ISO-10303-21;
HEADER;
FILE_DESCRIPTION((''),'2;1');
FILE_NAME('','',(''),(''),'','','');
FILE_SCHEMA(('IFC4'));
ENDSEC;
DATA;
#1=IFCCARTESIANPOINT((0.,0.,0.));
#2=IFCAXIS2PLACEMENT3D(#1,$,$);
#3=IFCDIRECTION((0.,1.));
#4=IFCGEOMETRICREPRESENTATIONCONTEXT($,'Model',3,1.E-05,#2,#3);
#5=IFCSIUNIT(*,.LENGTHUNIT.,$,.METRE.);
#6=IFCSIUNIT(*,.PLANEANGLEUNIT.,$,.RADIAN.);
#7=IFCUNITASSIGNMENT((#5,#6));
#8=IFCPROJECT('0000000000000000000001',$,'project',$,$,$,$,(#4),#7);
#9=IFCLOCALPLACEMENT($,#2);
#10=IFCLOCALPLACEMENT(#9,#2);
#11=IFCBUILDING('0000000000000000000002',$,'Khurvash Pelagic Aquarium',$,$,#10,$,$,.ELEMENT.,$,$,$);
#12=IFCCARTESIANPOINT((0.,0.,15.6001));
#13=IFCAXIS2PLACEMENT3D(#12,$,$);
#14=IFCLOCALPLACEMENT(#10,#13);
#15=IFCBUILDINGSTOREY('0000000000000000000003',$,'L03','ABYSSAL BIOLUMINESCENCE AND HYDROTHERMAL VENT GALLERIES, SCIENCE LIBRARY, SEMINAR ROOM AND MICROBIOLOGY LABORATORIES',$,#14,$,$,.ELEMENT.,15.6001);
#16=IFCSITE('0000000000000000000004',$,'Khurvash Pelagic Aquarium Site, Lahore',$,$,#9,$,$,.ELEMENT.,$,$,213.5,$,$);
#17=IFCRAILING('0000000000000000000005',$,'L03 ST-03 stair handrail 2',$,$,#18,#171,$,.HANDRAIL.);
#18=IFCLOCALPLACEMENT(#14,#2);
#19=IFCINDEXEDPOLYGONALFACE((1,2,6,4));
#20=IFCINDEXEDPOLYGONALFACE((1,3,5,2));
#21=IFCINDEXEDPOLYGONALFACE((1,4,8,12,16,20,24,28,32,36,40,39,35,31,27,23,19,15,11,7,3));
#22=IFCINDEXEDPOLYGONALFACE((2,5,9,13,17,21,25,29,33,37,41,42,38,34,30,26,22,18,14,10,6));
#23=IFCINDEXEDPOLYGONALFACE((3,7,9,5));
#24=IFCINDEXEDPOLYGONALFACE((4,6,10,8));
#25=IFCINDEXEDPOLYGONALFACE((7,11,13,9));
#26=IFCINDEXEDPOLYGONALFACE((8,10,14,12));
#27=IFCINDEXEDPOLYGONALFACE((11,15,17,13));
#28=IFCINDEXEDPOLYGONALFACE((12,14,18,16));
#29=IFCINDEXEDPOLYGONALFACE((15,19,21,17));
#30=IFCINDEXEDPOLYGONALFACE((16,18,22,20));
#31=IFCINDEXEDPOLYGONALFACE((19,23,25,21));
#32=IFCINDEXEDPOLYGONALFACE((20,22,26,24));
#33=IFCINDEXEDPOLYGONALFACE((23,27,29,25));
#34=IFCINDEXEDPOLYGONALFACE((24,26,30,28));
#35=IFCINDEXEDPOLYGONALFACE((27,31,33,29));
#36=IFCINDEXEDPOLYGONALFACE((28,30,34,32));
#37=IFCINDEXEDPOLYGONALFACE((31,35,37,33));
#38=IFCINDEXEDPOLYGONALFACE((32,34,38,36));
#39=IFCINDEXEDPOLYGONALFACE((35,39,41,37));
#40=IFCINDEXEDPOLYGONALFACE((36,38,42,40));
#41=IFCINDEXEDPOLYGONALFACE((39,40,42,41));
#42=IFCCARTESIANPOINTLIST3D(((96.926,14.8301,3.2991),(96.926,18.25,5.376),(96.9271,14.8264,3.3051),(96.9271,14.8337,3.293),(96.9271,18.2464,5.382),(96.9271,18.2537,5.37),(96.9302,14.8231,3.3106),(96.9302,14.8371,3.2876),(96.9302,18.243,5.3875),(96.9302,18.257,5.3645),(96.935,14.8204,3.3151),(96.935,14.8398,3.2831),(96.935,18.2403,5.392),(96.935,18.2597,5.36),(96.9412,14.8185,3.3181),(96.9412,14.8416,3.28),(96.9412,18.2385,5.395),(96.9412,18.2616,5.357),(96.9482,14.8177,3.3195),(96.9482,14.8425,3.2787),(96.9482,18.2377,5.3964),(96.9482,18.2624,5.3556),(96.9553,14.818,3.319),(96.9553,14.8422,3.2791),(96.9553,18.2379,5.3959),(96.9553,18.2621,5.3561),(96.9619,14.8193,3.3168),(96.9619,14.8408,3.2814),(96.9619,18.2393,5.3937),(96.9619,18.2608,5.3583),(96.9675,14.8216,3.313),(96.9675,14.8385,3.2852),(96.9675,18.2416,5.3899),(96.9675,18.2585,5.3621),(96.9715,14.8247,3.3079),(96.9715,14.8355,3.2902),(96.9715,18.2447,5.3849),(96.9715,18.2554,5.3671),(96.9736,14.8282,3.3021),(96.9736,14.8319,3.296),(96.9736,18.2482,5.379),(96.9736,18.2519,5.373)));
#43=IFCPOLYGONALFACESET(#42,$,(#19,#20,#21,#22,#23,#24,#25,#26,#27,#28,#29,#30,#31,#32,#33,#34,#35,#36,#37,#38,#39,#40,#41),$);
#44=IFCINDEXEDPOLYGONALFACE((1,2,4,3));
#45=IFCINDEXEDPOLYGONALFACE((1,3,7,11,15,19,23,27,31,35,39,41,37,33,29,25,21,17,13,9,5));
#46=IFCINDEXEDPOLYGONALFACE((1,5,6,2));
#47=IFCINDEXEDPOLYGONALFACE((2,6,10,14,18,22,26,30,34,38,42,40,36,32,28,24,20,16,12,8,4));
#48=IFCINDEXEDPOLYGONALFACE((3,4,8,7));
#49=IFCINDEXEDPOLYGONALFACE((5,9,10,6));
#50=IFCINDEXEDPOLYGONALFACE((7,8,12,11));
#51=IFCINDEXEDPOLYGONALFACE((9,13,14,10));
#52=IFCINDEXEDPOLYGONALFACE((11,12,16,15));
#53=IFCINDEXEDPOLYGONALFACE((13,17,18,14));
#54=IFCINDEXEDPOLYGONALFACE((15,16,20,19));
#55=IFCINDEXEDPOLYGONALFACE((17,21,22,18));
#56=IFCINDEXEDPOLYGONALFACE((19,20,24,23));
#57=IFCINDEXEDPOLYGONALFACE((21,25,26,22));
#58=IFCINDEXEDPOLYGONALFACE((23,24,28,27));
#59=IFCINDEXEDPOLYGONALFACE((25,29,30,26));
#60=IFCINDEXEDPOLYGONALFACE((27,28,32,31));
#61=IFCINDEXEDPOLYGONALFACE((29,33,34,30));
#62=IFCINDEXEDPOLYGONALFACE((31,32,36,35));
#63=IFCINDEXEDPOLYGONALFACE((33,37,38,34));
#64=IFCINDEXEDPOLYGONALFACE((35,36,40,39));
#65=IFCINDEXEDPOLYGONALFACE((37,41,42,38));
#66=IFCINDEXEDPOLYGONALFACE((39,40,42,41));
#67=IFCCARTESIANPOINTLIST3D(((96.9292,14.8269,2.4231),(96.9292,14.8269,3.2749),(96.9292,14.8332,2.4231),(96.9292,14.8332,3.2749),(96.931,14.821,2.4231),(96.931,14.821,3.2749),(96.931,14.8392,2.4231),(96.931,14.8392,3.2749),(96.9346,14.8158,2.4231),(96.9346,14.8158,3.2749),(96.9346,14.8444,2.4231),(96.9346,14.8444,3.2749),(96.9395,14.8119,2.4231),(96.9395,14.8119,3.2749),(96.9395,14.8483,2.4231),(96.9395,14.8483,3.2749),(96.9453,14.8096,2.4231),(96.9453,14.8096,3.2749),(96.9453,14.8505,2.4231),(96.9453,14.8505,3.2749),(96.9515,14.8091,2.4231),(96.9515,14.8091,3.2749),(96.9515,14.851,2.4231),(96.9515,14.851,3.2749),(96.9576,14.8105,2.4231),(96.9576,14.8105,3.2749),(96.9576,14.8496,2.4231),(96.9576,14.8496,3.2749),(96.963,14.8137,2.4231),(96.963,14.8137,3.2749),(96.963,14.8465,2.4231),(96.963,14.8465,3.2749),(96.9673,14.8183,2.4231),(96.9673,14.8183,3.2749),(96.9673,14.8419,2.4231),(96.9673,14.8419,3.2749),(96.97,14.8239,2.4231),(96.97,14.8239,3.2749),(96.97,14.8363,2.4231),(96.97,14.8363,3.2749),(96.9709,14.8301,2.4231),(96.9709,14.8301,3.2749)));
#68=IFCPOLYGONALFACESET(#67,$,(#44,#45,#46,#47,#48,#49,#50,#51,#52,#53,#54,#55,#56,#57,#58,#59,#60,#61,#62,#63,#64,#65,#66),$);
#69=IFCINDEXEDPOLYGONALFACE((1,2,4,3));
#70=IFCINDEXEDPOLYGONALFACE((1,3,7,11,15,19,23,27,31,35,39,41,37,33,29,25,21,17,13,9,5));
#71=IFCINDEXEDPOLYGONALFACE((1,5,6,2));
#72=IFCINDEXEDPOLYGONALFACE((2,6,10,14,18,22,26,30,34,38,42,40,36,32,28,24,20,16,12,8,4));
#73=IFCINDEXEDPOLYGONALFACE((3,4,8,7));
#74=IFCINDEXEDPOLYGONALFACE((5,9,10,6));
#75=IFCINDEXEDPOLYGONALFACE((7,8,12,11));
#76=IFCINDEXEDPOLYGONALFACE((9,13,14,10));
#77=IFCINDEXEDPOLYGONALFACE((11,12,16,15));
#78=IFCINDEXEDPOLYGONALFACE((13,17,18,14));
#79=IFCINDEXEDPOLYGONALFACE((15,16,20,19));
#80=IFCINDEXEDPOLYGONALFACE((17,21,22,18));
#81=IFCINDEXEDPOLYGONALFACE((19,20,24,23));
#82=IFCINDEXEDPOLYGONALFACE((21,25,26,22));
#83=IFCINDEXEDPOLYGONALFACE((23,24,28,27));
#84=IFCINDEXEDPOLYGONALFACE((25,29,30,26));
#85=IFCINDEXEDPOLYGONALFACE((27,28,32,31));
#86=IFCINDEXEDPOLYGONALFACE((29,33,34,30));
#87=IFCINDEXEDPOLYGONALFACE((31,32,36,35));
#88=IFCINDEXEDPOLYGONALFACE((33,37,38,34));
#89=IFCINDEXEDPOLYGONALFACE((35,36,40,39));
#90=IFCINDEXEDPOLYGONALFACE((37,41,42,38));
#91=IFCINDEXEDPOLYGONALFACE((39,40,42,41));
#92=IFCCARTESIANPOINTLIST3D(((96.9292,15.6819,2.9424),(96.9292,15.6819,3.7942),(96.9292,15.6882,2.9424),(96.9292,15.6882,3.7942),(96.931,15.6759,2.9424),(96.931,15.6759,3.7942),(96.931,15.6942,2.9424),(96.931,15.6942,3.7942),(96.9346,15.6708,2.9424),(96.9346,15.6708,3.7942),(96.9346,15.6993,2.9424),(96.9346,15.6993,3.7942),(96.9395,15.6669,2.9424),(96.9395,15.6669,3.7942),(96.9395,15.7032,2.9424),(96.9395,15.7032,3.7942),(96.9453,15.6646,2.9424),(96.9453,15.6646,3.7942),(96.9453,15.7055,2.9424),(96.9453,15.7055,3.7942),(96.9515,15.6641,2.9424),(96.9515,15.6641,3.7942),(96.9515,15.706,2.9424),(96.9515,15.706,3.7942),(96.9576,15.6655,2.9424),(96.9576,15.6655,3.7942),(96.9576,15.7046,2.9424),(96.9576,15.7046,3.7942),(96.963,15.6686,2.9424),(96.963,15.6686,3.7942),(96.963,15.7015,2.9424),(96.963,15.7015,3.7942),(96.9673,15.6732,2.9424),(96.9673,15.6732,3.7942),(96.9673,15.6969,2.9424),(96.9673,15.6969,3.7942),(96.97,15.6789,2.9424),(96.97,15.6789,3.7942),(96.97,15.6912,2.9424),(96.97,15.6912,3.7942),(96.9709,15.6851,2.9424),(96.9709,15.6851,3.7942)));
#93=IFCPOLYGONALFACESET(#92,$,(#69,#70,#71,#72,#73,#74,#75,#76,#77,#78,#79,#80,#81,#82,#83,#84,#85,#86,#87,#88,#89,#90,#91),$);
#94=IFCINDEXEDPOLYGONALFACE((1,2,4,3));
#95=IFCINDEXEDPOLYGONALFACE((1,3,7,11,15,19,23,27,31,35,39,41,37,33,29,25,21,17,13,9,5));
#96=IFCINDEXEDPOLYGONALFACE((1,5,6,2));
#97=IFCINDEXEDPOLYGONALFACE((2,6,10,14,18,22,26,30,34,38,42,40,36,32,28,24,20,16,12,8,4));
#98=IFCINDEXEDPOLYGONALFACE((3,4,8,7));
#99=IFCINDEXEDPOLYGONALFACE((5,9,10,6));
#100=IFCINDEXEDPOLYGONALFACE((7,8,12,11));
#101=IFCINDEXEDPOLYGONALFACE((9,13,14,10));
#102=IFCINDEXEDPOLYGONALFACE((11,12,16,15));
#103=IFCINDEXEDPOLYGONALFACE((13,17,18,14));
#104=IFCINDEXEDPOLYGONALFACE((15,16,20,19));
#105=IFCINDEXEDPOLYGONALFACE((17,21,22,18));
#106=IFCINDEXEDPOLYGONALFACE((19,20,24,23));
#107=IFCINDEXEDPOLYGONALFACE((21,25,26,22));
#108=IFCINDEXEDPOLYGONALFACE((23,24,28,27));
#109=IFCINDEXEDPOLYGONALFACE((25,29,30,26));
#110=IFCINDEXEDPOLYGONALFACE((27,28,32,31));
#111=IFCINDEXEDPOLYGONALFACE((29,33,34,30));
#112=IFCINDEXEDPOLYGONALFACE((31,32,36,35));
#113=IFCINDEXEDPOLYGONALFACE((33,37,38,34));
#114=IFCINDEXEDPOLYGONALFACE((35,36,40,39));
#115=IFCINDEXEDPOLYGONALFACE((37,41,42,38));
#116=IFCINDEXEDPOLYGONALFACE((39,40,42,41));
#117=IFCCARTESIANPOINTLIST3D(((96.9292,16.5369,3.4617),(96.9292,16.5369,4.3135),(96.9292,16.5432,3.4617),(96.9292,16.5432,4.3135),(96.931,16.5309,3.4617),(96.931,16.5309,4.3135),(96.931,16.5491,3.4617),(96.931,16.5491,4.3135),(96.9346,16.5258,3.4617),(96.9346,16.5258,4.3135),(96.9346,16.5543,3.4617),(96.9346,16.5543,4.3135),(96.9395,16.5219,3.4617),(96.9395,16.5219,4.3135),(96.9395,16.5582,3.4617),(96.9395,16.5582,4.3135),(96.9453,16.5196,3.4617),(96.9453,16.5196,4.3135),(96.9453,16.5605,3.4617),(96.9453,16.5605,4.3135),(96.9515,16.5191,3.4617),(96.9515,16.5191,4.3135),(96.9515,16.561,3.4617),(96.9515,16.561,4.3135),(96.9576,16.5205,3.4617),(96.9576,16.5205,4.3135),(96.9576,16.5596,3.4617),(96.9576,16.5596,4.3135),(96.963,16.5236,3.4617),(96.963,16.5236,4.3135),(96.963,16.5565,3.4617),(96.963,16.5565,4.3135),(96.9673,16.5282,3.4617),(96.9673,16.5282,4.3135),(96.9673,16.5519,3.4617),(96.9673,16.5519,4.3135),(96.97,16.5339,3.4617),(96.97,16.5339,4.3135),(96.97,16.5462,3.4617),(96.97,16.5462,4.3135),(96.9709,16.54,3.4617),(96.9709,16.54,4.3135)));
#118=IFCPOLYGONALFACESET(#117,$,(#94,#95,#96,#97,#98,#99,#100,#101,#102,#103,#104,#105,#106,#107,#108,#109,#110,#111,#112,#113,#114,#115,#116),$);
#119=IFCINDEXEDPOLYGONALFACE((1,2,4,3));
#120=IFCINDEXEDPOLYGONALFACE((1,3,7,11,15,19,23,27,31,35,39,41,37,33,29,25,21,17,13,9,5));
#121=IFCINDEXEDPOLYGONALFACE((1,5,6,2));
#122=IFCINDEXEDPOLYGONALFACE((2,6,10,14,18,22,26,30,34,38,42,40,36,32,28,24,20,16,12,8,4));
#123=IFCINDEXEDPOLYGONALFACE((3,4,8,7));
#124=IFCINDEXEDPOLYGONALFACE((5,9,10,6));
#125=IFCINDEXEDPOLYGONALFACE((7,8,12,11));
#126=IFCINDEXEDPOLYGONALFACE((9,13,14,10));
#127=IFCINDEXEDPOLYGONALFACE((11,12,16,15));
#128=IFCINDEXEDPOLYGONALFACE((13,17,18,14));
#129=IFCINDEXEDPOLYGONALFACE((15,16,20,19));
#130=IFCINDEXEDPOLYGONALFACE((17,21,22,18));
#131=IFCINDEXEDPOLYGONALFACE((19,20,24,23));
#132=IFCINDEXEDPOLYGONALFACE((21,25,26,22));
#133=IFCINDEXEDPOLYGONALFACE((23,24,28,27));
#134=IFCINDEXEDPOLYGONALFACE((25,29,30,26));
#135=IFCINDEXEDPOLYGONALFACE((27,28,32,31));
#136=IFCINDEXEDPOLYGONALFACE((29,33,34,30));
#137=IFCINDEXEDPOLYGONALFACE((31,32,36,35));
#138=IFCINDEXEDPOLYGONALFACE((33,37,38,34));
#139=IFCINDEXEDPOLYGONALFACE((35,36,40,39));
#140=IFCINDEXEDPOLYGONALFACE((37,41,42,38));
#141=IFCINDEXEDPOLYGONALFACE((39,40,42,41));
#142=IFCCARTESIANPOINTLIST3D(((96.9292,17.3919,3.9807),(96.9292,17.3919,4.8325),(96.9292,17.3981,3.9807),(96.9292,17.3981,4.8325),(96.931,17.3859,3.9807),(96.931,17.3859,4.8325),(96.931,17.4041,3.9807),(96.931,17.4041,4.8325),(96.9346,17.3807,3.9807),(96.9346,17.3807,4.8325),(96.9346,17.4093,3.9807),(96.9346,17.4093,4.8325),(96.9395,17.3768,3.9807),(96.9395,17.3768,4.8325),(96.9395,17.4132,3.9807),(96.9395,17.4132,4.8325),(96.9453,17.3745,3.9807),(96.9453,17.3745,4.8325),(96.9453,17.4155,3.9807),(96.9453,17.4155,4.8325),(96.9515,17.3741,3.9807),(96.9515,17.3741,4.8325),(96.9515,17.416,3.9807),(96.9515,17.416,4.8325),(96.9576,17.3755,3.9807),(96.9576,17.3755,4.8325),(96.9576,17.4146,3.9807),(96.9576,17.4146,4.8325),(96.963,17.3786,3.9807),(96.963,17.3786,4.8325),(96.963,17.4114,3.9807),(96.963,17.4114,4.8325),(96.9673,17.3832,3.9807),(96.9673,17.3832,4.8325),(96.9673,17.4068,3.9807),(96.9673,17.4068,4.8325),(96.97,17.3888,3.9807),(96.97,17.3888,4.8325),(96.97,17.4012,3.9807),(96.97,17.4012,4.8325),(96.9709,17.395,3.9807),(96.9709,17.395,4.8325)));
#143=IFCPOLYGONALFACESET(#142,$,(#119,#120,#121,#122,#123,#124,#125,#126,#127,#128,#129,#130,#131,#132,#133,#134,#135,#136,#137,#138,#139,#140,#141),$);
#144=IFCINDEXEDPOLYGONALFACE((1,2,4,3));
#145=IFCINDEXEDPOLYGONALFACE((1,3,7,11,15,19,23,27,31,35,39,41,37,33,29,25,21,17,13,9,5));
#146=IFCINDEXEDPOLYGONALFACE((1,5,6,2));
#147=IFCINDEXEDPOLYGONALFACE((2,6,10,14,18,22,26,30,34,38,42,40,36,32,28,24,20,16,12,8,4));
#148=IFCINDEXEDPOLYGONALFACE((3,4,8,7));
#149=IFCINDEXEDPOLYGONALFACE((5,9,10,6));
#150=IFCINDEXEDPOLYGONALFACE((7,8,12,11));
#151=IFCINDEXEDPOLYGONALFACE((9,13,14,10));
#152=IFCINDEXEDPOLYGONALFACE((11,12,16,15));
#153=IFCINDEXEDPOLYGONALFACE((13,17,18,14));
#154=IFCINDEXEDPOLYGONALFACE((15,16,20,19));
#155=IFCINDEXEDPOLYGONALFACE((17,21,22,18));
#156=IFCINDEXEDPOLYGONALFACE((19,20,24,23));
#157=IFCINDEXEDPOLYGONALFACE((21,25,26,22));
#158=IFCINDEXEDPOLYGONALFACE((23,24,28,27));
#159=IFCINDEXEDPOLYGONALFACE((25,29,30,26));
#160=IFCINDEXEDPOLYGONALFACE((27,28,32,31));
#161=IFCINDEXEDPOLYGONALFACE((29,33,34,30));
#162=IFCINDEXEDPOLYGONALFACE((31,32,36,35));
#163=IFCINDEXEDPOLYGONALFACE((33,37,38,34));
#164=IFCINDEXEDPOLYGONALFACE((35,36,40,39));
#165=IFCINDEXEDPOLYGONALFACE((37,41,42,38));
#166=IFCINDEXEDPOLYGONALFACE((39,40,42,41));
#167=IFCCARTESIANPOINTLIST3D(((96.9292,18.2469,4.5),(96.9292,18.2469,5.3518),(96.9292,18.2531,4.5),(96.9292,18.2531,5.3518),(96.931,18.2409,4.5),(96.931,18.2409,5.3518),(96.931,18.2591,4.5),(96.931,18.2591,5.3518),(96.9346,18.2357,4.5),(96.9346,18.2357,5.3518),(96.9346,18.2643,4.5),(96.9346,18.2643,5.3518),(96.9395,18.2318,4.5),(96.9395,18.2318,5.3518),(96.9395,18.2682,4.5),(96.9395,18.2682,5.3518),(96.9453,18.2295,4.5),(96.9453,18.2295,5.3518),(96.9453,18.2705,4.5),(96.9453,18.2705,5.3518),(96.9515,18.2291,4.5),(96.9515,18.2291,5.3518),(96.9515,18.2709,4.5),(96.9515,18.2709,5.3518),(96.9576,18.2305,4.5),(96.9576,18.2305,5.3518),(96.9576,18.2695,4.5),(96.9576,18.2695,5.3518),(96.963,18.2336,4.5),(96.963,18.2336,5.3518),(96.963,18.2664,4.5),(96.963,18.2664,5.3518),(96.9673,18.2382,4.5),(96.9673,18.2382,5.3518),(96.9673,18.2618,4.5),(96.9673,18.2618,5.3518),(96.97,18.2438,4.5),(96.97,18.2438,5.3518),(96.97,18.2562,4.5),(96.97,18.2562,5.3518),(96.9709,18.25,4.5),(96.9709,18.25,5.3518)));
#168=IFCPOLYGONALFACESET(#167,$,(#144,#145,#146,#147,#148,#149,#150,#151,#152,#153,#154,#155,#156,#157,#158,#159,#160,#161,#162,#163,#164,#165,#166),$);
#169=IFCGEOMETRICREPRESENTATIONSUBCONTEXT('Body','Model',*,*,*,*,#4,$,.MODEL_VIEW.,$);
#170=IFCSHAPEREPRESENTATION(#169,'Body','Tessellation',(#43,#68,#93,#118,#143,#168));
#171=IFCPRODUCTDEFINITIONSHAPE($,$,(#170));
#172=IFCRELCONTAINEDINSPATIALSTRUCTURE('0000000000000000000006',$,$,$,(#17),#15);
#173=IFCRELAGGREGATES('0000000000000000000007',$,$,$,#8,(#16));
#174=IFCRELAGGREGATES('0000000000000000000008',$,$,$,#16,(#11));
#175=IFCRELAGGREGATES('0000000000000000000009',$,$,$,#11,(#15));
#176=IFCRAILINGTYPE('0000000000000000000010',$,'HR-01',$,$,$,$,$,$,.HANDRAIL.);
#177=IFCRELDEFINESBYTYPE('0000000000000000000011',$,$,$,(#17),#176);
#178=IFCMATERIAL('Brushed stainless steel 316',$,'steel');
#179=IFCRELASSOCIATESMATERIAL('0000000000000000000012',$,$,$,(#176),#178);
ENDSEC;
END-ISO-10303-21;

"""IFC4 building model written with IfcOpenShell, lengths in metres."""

from ifc_helpers import new_model, si_unit, direction, frame, origin, origin_2d, place, context, subcontext, project, spatial, circle, extrude, material, type_object, element, save


model = new_model("IFC4")

# Units and contexts
model_context = context("Model", 3, precision=1e-05, world=origin(), true_north=direction((0.0, 1.0)))
body_context = subcontext(model_context, "Body", "Model", "MODEL_VIEW")
ifc_project = project(units=[si_unit("LENGTHUNIT", "METRE"), si_unit("PLANEANGLEUNIT", "RADIAN")], contexts=[model_context])

# Site, building, storey
site_placement = place(None, origin())
site = spatial("IfcSite", under=ifc_project, at=site_placement, Name="Khurvash Pelagic Aquarium Site, Lahore", CompositionType="ELEMENT", RefElevation=213.5)
building_placement = place(site_placement, origin())
building = spatial("IfcBuilding", under=site, at=building_placement, Name="Khurvash Pelagic Aquarium", CompositionType="ELEMENT")
storey_placement = place(building_placement, frame((0.0, 0.0, 15.6001)))
storey = spatial("IfcBuildingStorey", under=building, at=storey_placement, Name="L03", Description="ABYSSAL BIOLUMINESCENCE AND HYDROTHERMAL VENT GALLERIES, SCIENCE LIBRARY, SEMINAR ROOM AND MICROBIOLOGY LABORATORIES", CompositionType="ELEMENT", Elevation=15.6001)

# Railing
ifc_material_1 = material(Name="Brushed stainless steel 316", Category="steel")
railing_type_1 = type_object("IfcRailingType", Name="HR-01", PredefinedType="HANDRAIL", material=ifc_material_1)
railing_1_placement = place(storey_placement, frame((96.95, 14.8301, 2.4231)))
element("IfcRailing", 1, at=railing_1_placement, inside=storey, type_object=railing_type_1, Name="L03 ST-03 stair handrail 2", PredefinedType="HANDRAIL", context=body_context, shape_type="SweptSolid", body=[
    extrude(circle(Radius=0.0239, at=origin_2d()), frame((0.0, 0.0, 0.876), z_axis=(0.0, 0.85473, 0.519074), x_axis=(-1.0, 0.0, 0.0)), (0.0, 0.0, 1.0), 4.0012),
    extrude(circle(Radius=0.021, at=origin_2d()), origin(), (0.0, 0.0, 1.0), 0.8518),
    extrude(circle(Radius=0.021, at=origin_2d()), frame((0.0, 0.855, 0.5193)), (0.0, 0.0, 1.0), 0.8518),
    extrude(circle(Radius=0.021, at=origin_2d()), frame((0.0, 1.71, 1.0386)), (0.0, 0.0, 1.0), 0.8518),
    extrude(circle(Radius=0.021, at=origin_2d()), frame((0.0, 2.5649, 1.5576)), (0.0, 0.0, 1.0), 0.8518),
    extrude(circle(Radius=0.021, at=origin_2d()), frame((0.0, 3.4199, 2.0769)), (0.0, 0.0, 1.0), 0.8518),
])

save(model, "model.ifc")
